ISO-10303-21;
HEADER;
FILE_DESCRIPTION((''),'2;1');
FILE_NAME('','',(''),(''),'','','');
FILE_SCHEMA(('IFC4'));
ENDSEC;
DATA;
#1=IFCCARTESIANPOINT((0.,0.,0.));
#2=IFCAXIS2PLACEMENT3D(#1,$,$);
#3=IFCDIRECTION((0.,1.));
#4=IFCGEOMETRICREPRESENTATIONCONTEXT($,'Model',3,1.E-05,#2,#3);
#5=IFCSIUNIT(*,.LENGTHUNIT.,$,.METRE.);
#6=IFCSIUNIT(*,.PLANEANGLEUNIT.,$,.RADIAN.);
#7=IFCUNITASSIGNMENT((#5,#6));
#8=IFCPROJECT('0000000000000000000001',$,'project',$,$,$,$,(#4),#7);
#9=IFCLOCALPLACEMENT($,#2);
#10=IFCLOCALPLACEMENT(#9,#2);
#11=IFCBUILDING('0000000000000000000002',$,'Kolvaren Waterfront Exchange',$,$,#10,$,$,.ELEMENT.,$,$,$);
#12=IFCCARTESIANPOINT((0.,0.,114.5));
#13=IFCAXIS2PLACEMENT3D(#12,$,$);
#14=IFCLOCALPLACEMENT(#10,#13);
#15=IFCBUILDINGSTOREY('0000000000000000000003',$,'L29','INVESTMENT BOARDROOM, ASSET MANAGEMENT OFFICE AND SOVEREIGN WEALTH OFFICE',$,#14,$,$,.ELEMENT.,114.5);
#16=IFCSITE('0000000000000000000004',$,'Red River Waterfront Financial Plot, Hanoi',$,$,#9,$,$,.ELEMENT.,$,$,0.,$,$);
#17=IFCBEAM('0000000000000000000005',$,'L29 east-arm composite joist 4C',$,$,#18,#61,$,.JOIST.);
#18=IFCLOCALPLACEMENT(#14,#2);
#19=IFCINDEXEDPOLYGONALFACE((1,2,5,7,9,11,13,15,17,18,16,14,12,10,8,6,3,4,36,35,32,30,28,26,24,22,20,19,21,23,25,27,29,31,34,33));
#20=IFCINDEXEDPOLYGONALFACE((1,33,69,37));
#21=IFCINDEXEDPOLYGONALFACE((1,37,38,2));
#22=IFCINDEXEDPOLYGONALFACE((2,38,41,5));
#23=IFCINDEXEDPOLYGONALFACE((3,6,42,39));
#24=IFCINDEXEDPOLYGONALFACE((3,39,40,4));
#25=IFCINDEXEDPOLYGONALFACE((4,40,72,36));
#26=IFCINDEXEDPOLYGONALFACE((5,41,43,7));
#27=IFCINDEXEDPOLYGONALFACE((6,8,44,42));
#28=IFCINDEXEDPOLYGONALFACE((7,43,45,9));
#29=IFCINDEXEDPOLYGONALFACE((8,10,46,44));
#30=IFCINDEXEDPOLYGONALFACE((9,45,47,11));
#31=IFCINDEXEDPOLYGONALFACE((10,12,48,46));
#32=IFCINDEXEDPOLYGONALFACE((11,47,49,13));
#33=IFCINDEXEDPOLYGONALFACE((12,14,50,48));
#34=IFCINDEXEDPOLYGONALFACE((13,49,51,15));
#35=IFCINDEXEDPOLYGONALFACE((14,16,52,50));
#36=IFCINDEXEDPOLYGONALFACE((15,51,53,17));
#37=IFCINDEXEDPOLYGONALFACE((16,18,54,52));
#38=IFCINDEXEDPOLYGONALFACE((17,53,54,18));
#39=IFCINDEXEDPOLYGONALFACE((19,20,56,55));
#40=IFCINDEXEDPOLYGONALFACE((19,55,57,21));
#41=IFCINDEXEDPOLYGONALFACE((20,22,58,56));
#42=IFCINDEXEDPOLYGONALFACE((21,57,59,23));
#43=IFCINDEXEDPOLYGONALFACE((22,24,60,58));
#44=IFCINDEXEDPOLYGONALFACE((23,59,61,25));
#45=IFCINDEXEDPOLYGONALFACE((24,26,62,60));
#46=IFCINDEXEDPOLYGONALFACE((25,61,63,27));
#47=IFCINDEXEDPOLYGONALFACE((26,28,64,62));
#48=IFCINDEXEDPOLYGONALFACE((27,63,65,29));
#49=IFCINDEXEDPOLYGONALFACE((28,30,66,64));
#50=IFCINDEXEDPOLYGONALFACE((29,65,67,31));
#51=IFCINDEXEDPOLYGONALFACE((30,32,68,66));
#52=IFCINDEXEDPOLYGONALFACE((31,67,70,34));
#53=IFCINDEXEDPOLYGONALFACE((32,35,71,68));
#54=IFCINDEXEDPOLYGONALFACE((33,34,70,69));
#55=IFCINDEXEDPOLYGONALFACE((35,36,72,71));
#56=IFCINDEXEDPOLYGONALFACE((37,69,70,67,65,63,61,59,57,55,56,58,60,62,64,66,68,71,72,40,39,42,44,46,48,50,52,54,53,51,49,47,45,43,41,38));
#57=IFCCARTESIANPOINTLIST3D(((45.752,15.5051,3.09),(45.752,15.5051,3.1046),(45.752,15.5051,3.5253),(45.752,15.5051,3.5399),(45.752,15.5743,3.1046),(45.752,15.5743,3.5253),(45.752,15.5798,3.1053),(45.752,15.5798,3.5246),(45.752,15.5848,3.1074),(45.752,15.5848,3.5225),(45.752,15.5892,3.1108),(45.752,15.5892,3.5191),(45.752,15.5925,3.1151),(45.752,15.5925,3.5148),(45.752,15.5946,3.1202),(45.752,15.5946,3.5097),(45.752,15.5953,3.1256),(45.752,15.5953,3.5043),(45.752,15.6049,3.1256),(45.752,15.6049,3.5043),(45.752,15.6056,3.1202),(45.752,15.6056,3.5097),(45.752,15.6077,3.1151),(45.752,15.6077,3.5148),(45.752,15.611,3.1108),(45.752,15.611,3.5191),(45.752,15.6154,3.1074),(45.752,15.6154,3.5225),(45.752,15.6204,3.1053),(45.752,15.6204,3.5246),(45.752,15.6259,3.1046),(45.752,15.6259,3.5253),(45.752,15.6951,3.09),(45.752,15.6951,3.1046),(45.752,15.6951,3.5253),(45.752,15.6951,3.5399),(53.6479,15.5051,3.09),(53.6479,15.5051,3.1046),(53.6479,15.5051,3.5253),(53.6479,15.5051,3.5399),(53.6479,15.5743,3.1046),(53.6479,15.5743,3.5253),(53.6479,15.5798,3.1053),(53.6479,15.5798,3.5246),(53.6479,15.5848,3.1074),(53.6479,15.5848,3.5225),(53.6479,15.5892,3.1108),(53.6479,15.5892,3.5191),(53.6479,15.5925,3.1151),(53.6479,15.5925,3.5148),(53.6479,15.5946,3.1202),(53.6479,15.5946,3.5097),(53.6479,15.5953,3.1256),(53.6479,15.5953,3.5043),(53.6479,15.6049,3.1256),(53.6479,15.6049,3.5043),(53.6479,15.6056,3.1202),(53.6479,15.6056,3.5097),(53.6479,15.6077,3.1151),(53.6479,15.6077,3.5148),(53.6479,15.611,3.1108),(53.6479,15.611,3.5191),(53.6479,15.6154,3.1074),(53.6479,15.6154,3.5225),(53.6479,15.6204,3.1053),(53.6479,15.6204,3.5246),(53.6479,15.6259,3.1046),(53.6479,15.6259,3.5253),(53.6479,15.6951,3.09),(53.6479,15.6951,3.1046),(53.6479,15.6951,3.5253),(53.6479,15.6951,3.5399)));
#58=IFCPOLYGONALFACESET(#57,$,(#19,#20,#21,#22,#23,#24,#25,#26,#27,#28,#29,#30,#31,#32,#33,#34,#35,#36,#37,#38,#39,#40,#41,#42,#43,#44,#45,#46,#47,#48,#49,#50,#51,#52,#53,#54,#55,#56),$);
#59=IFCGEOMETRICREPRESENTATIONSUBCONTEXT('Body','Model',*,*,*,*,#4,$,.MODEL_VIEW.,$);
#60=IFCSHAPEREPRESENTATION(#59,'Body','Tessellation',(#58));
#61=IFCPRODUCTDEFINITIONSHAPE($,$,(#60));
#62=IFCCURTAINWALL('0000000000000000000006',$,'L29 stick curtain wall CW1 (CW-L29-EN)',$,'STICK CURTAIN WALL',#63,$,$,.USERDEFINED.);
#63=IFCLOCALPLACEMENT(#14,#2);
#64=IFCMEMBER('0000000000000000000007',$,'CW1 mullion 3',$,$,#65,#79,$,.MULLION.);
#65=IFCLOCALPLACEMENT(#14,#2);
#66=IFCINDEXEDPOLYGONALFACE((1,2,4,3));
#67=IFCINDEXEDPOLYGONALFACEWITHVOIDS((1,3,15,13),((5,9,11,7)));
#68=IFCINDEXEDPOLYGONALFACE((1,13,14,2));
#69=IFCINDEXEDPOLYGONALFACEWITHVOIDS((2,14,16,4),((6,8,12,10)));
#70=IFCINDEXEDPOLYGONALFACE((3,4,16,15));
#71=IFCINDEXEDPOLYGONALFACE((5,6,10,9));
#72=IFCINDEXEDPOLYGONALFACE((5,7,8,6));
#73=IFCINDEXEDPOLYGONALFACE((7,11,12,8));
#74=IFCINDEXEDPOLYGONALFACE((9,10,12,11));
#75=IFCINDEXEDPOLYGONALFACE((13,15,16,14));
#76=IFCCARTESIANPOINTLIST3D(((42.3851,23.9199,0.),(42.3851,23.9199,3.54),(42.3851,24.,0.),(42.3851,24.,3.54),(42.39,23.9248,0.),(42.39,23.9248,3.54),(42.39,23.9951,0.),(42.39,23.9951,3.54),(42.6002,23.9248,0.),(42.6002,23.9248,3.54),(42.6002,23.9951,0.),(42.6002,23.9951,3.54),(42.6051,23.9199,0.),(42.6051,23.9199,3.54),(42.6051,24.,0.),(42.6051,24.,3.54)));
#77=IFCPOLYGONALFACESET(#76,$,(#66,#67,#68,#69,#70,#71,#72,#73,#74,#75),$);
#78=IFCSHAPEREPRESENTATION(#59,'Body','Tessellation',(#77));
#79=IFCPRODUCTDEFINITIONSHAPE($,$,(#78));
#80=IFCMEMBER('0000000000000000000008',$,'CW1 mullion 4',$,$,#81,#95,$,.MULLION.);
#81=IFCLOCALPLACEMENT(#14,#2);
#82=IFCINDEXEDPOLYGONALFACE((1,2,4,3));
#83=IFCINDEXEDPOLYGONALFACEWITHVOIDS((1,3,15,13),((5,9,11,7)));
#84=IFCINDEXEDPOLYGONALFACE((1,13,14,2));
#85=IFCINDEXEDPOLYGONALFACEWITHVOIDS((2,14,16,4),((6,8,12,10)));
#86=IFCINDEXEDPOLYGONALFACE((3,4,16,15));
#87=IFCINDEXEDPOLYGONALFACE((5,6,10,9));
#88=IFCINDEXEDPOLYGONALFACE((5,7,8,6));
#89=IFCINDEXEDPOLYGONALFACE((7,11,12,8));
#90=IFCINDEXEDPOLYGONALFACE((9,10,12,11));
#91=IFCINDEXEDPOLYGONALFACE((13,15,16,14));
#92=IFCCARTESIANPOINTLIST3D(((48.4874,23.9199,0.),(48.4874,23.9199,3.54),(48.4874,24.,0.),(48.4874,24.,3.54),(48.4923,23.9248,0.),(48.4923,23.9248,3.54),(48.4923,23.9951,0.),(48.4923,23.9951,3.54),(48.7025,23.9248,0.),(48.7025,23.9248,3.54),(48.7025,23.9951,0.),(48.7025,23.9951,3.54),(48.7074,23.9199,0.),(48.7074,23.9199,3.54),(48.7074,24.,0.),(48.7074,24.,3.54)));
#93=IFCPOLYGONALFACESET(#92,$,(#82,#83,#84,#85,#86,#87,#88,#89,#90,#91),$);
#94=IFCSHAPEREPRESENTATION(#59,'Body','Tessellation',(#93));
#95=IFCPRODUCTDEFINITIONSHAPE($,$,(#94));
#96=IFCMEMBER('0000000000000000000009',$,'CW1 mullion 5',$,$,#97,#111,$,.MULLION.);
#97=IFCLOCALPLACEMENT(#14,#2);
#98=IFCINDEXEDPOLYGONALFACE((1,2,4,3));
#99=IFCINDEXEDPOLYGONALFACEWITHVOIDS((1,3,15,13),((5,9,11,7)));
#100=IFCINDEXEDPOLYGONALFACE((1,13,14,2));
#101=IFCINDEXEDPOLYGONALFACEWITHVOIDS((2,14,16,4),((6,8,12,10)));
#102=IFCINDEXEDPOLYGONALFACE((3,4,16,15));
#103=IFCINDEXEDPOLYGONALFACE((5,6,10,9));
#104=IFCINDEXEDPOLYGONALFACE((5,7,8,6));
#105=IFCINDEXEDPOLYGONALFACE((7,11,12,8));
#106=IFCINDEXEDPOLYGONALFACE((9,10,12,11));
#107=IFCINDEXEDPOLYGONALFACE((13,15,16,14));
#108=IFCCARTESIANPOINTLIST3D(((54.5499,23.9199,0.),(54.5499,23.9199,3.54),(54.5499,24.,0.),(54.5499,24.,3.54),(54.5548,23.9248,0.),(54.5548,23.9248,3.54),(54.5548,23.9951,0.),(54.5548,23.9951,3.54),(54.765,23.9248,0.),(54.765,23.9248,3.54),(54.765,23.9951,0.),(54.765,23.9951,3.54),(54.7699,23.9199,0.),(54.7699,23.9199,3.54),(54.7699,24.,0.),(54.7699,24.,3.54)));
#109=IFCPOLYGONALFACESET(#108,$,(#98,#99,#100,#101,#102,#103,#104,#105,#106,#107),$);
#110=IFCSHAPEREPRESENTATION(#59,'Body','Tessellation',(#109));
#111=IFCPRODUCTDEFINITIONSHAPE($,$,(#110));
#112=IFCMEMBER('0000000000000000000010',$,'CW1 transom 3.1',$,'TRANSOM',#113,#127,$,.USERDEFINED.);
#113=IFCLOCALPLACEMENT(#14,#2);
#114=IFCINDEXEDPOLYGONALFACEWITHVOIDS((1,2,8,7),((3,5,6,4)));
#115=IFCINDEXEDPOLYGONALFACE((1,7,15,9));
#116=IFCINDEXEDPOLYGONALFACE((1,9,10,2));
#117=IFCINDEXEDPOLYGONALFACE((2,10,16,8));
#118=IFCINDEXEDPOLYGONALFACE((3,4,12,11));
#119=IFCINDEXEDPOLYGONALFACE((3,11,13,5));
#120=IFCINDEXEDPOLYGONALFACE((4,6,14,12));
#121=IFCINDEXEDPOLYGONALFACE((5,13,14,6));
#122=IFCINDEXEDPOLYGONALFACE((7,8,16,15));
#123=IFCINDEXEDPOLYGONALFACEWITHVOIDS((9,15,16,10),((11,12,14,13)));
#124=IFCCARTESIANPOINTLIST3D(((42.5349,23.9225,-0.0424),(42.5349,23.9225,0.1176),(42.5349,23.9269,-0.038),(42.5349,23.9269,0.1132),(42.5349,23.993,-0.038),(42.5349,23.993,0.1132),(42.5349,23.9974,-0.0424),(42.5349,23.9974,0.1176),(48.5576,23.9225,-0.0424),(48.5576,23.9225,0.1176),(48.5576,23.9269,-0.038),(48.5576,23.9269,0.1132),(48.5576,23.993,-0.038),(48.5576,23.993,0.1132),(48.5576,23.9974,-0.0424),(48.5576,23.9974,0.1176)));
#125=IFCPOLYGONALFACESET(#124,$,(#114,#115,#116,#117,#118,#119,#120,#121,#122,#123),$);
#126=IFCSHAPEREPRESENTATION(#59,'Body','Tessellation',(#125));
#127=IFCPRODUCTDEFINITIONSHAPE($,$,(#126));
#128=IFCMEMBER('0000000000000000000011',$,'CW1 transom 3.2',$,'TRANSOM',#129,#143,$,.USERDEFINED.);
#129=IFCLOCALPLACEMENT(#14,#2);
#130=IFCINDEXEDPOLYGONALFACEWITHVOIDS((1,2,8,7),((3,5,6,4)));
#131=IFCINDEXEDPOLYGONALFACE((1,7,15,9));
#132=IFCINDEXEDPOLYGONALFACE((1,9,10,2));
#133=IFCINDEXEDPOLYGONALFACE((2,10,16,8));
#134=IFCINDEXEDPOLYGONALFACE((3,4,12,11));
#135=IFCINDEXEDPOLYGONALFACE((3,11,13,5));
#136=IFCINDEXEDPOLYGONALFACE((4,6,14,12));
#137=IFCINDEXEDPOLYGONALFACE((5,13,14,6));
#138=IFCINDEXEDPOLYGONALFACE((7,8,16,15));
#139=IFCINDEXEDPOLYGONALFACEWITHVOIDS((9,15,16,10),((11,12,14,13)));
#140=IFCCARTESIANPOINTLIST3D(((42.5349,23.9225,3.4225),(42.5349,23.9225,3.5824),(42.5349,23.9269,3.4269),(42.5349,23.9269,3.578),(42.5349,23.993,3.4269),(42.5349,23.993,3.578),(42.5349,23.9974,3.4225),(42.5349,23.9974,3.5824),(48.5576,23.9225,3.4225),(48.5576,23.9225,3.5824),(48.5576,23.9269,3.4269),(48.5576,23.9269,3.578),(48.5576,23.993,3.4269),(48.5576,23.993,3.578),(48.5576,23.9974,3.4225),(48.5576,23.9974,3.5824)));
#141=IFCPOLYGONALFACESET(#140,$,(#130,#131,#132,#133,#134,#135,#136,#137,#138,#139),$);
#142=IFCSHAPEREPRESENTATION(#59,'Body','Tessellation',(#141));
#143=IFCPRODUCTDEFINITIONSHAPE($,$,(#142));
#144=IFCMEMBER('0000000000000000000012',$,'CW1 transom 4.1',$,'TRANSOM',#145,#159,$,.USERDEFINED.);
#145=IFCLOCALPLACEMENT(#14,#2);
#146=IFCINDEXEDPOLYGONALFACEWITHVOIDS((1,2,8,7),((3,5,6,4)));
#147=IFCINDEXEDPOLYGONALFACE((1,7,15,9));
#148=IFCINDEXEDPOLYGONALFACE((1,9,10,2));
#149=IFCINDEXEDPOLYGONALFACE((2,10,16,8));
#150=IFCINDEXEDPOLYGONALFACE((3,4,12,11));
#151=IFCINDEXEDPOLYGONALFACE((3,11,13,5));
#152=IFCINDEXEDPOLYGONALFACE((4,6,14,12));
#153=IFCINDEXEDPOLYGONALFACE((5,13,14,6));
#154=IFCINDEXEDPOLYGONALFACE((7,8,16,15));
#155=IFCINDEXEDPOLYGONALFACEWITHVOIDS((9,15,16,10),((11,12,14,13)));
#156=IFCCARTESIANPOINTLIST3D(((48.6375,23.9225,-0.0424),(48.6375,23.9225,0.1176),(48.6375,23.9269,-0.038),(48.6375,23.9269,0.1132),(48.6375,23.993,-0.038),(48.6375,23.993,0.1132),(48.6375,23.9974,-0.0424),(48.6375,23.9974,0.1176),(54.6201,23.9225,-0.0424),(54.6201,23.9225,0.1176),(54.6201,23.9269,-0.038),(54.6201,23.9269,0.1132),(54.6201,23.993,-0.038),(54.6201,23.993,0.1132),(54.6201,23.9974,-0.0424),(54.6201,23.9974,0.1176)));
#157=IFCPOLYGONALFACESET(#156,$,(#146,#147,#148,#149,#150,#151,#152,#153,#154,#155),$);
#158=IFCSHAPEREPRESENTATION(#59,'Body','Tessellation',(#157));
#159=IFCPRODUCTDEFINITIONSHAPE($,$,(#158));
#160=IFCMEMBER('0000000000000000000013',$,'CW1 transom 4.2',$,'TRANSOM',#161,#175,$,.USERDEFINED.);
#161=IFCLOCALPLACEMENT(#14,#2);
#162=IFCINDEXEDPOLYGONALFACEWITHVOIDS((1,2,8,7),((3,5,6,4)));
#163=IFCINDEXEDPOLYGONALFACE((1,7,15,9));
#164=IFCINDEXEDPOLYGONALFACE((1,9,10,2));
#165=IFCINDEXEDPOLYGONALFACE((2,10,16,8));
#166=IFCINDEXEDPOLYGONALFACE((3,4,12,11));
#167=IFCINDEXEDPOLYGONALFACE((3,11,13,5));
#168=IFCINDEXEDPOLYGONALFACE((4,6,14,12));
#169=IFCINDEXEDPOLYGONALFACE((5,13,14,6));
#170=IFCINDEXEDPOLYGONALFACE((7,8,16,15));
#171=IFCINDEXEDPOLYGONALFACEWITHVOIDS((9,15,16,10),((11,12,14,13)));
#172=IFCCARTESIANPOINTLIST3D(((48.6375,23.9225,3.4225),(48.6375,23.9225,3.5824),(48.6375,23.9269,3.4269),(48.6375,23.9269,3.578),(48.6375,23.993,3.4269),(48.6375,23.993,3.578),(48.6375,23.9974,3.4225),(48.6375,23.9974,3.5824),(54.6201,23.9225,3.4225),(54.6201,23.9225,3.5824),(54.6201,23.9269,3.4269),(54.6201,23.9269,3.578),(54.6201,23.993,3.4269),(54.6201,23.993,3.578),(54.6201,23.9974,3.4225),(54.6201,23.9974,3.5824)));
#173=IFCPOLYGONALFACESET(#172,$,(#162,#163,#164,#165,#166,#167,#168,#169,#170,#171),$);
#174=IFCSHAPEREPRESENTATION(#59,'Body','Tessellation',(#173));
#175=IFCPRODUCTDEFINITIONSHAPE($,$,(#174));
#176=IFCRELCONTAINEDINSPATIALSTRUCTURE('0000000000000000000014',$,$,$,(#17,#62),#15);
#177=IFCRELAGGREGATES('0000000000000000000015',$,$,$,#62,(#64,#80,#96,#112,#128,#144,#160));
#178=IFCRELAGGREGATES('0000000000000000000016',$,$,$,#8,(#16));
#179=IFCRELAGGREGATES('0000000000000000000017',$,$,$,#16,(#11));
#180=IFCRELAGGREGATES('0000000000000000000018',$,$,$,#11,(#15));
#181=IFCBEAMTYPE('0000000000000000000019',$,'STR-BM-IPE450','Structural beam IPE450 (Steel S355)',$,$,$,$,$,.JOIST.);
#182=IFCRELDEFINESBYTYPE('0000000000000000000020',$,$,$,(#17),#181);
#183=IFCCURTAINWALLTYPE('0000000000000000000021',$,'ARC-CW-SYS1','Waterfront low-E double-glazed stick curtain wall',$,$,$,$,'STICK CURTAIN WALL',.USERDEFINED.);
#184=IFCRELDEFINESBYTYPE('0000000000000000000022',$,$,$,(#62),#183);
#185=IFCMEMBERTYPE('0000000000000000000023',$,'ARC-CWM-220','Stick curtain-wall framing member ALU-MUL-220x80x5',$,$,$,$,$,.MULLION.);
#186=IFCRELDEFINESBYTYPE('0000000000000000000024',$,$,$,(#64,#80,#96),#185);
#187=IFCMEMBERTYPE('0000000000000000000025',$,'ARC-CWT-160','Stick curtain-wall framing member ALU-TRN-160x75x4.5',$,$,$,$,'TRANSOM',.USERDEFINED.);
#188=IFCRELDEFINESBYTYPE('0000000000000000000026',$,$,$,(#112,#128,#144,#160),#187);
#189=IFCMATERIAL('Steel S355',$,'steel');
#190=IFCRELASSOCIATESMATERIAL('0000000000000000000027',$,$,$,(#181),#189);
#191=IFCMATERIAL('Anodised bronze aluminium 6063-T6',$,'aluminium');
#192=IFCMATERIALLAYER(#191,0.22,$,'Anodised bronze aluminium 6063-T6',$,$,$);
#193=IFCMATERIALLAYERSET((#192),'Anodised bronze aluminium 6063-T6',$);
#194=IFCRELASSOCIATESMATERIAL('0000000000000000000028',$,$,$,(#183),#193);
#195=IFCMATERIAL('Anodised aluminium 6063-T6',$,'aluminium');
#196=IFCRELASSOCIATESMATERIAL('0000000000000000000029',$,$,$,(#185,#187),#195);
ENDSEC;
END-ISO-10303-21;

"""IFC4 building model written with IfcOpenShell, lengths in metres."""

from ifc_helpers import new_model, si_unit, direction, frame, origin, origin_with_axes, origin_2d, place, context, subcontext, project, spatial, hollow_rectangle, i_section, extrude, source, transform, mapped, material, layer, layer_set, material_profile, profile_set, type_object, element, aggregate, save


model = new_model("IFC4")

# Units and contexts
model_context = context("Model", 3, precision=1e-05, world=origin(), true_north=direction((0.0, 1.0)))
body_context = subcontext(model_context, "Body", "Model", "MODEL_VIEW")
ifc_project = project(units=[si_unit("LENGTHUNIT", "METRE"), si_unit("PLANEANGLEUNIT", "RADIAN")], contexts=[model_context])

# Site, building, storey
site_placement = place(None, origin())
site = spatial("IfcSite", under=ifc_project, at=site_placement, Name="Red River Waterfront Financial Plot, Hanoi", CompositionType="ELEMENT", RefElevation=0.0)
building_placement = place(site_placement, origin())
building = spatial("IfcBuilding", under=site, at=building_placement, Name="Kolvaren Waterfront Exchange", CompositionType="ELEMENT")
storey_placement = place(building_placement, frame((0.0, 0.0, 114.5)))
storey = spatial("IfcBuildingStorey", under=building, at=storey_placement, Name="L29", Description="INVESTMENT BOARDROOM, ASSET MANAGEMENT OFFICE AND SOVEREIGN WEALTH OFFICE", CompositionType="ELEMENT", Elevation=114.5)

# Beam
ifc_material_1 = material(Name="Steel S355", Category="steel")
ifc_material_profile_1 = material_profile(ifc_material_1, i_section(OverallWidth=0.1899, OverallDepth=0.45, WebThickness=0.0095, FlangeThickness=0.0146, FilletRadius=0.021, at=origin_2d()), Name="IPE450")
ifc_profile_set_1 = profile_set([ifc_material_profile_1], Name="Steel S355")
beam_type_1 = type_object("IfcBeamType", Name="STR-BM-IPE450", Description="Structural beam IPE450 (Steel S355)", PredefinedType="JOIST", material=ifc_profile_set_1)
for number, where, z_axis, x_axis, name in (
    (1, (45.752, 15.6001, 3.3149), (1.0, 0.0, 0.0), (0.0, 1.0, 0.0), "L29 east-arm composite joist 4C"),
):
    element("IfcBeam", number, at=place(storey_placement, frame(where, z_axis=z_axis, x_axis=x_axis)), inside=storey, type_object=beam_type_1, Name=name, PredefinedType="JOIST", context=body_context, shape_type="SweptSolid", body=[
        extrude(i_section(OverallWidth=0.1899, OverallDepth=0.45, WebThickness=0.0095, FlangeThickness=0.0146, FilletRadius=0.021, at=origin_2d()), origin(), (0.0, 0.0, 1.0), 7.896),
    ])

# Curtain wall, members
ifc_material_2 = material(Name="Anodised bronze aluminium 6063-T6", Category="aluminium")
ifc_layer_1 = layer(ifc_material_2, 0.22, Name="Anodised bronze aluminium 6063-T6")
ifc_layer_set_1 = layer_set([ifc_layer_1], Name="Anodised bronze aluminium 6063-T6")
curtain_wall_type = type_object("IfcCurtainWallType", Name="ARC-CW-SYS1", Description="Waterfront low-E double-glazed stick curtain wall", ElementType="STICK CURTAIN WALL", PredefinedType="USERDEFINED", material=ifc_layer_set_1)
curtain_wall_placement = place(storey_placement, origin())
curtain_wall = element("IfcCurtainWall", 2, at=curtain_wall_placement, inside=storey, type_object=curtain_wall_type, Name="L29 stick curtain wall CW1 (CW-L29-EN)", ObjectType="STICK CURTAIN WALL", PredefinedType="USERDEFINED")
ifc_material_3 = material(Name="Anodised aluminium 6063-T6", Category="aluminium")
ifc_material_profile_2 = material_profile(ifc_material_3, hollow_rectangle(XDim=0.0801, YDim=0.22, WallThickness=0.0049, at=origin_2d()), Name="ALU-MUL-220x80x5")
ifc_profile_set_2 = profile_set([ifc_material_profile_2], Name="Anodised aluminium 6063-T6")
member_type_1 = type_object("IfcMemberType", Name="ARC-CWM-220", Description="Stick curtain-wall framing member ALU-MUL-220x80x5", PredefinedType="MULLION", material=ifc_profile_set_2)
shared_shape_1 = source(origin_with_axes(), body_context, "Body", "SweptSolid", [
    extrude(hollow_rectangle(XDim=0.0801, YDim=0.22, WallThickness=0.0049, at=origin_2d()), origin(), (0.0, 0.0, 1.0), 3.54),
])
member_1_placement = place(storey_placement, frame((42.4951, 23.96, 0.0), z_axis=(0.0, 0.0, 1.0), x_axis=(0.0, 1.0, 0.0)))
member_1 = element("IfcMember", 3, at=member_1_placement, type_object=member_type_1, Name="CW1 mullion 3", PredefinedType="MULLION", context=body_context, shape_type="MappedRepresentation", body=[
    mapped(shared_shape_1, transform((0.0, 0.0, 0.0), x_axis=(1.0, 0.0, 0.0), y_axis=(0.0, 1.0, 0.0), z_axis=(0.0, 0.0, 1.0), scale=1.0)),
])
member_2_placement = place(storey_placement, frame((48.5974, 23.96, 0.0), z_axis=(0.0, 0.0, 1.0), x_axis=(0.0, 1.0, 0.0)))
member_2 = element("IfcMember", 4, at=member_2_placement, type_object=member_type_1, Name="CW1 mullion 4", PredefinedType="MULLION", context=body_context, shape_type="MappedRepresentation", body=[
    mapped(shared_shape_1, transform((0.0, 0.0, 0.0), x_axis=(1.0, 0.0, 0.0), y_axis=(0.0, 1.0, 0.0), z_axis=(0.0, 0.0, 1.0), scale=1.0)),
])
member_3_placement = place(storey_placement, frame((54.6599, 23.96, 0.0), z_axis=(0.0, 0.0, 1.0), x_axis=(0.0, 1.0, 0.0)))
member_3 = element("IfcMember", 5, at=member_3_placement, type_object=member_type_1, Name="CW1 mullion 5", PredefinedType="MULLION", context=body_context, shape_type="MappedRepresentation", body=[
    mapped(shared_shape_1, transform((0.0, 0.0, 0.0), x_axis=(1.0, 0.0, 0.0), y_axis=(0.0, 1.0, 0.0), z_axis=(0.0, 0.0, 1.0), scale=1.0)),
])
ifc_material_profile_3 = material_profile(ifc_material_3, hollow_rectangle(XDim=0.075, YDim=0.1599, WallThickness=0.0044, at=origin_2d()), Name="ALU-TRN-160x75x4.5")
ifc_profile_set_3 = profile_set([ifc_material_profile_3], Name="Anodised aluminium 6063-T6")
member_type_2 = type_object("IfcMemberType", Name="ARC-CWT-160", Description="Stick curtain-wall framing member ALU-TRN-160x75x4.5", ElementType="TRANSOM", PredefinedType="USERDEFINED", material=ifc_profile_set_3)
shared_shape_2 = source(origin_with_axes(), body_context, "Body", "SweptSolid", [
    extrude(hollow_rectangle(XDim=0.075, YDim=0.1599, WallThickness=0.0044, at=origin_2d()), origin(), (0.0, 0.0, 1.0), 6.0227),
])
member_4_placement = place(storey_placement, frame((42.5349, 23.96, 0.0376), z_axis=(1.0, 0.0, 0.0), x_axis=(0.0, 1.0, 0.0)))
member_4 = element("IfcMember", 6, at=member_4_placement, type_object=member_type_2, Name="CW1 transom 3.1", ObjectType="TRANSOM", PredefinedType="USERDEFINED", context=body_context, shape_type="MappedRepresentation", body=[
    mapped(shared_shape_2, transform((0.0, 0.0, 0.0), x_axis=(1.0, 0.0, 0.0), y_axis=(0.0, 1.0, 0.0), z_axis=(0.0, 0.0, 1.0), scale=1.0)),
])
member_5_placement = place(storey_placement, frame((42.5349, 23.96, 3.5024), z_axis=(1.0, 0.0, 0.0), x_axis=(0.0, 1.0, 0.0)))
member_5 = element("IfcMember", 7, at=member_5_placement, type_object=member_type_2, Name="CW1 transom 3.2", ObjectType="TRANSOM", PredefinedType="USERDEFINED", context=body_context, shape_type="MappedRepresentation", body=[
    mapped(shared_shape_2, transform((0.0, 0.0, 0.0), x_axis=(1.0, 0.0, 0.0), y_axis=(0.0, 1.0, 0.0), z_axis=(0.0, 0.0, 1.0), scale=1.0)),
])
shared_shape_3 = source(origin_with_axes(), body_context, "Body", "SweptSolid", [
    extrude(hollow_rectangle(XDim=0.075, YDim=0.1599, WallThickness=0.0044, at=origin_2d()), origin(), (0.0, 0.0, 1.0), 5.9827),
])
member_6_placement = place(storey_placement, frame((48.6375, 23.96, 0.0376), z_axis=(1.0, 0.0, 0.0), x_axis=(0.0, 1.0, 0.0)))
member_6 = element("IfcMember", 8, at=member_6_placement, type_object=member_type_2, Name="CW1 transom 4.1", ObjectType="TRANSOM", PredefinedType="USERDEFINED", context=body_context, shape_type="MappedRepresentation", body=[
    mapped(shared_shape_3, transform((0.0, 0.0, 0.0), x_axis=(1.0, 0.0, 0.0), y_axis=(0.0, 1.0, 0.0), z_axis=(0.0, 0.0, 1.0), scale=1.0)),
])
member_7_placement = place(storey_placement, frame((48.6375, 23.96, 3.5024), z_axis=(1.0, 0.0, 0.0), x_axis=(0.0, 1.0, 0.0)))
member_7 = element("IfcMember", 9, at=member_7_placement, type_object=member_type_2, Name="CW1 transom 4.2", ObjectType="TRANSOM", PredefinedType="USERDEFINED", context=body_context, shape_type="MappedRepresentation", body=[
    mapped(shared_shape_3, transform((0.0, 0.0, 0.0), x_axis=(1.0, 0.0, 0.0), y_axis=(0.0, 1.0, 0.0), z_axis=(0.0, 0.0, 1.0), scale=1.0)),
])
aggregate(curtain_wall, [member_1, member_2, member_3, member_4, member_5, member_6, member_7])

save(model, "model.ifc")
